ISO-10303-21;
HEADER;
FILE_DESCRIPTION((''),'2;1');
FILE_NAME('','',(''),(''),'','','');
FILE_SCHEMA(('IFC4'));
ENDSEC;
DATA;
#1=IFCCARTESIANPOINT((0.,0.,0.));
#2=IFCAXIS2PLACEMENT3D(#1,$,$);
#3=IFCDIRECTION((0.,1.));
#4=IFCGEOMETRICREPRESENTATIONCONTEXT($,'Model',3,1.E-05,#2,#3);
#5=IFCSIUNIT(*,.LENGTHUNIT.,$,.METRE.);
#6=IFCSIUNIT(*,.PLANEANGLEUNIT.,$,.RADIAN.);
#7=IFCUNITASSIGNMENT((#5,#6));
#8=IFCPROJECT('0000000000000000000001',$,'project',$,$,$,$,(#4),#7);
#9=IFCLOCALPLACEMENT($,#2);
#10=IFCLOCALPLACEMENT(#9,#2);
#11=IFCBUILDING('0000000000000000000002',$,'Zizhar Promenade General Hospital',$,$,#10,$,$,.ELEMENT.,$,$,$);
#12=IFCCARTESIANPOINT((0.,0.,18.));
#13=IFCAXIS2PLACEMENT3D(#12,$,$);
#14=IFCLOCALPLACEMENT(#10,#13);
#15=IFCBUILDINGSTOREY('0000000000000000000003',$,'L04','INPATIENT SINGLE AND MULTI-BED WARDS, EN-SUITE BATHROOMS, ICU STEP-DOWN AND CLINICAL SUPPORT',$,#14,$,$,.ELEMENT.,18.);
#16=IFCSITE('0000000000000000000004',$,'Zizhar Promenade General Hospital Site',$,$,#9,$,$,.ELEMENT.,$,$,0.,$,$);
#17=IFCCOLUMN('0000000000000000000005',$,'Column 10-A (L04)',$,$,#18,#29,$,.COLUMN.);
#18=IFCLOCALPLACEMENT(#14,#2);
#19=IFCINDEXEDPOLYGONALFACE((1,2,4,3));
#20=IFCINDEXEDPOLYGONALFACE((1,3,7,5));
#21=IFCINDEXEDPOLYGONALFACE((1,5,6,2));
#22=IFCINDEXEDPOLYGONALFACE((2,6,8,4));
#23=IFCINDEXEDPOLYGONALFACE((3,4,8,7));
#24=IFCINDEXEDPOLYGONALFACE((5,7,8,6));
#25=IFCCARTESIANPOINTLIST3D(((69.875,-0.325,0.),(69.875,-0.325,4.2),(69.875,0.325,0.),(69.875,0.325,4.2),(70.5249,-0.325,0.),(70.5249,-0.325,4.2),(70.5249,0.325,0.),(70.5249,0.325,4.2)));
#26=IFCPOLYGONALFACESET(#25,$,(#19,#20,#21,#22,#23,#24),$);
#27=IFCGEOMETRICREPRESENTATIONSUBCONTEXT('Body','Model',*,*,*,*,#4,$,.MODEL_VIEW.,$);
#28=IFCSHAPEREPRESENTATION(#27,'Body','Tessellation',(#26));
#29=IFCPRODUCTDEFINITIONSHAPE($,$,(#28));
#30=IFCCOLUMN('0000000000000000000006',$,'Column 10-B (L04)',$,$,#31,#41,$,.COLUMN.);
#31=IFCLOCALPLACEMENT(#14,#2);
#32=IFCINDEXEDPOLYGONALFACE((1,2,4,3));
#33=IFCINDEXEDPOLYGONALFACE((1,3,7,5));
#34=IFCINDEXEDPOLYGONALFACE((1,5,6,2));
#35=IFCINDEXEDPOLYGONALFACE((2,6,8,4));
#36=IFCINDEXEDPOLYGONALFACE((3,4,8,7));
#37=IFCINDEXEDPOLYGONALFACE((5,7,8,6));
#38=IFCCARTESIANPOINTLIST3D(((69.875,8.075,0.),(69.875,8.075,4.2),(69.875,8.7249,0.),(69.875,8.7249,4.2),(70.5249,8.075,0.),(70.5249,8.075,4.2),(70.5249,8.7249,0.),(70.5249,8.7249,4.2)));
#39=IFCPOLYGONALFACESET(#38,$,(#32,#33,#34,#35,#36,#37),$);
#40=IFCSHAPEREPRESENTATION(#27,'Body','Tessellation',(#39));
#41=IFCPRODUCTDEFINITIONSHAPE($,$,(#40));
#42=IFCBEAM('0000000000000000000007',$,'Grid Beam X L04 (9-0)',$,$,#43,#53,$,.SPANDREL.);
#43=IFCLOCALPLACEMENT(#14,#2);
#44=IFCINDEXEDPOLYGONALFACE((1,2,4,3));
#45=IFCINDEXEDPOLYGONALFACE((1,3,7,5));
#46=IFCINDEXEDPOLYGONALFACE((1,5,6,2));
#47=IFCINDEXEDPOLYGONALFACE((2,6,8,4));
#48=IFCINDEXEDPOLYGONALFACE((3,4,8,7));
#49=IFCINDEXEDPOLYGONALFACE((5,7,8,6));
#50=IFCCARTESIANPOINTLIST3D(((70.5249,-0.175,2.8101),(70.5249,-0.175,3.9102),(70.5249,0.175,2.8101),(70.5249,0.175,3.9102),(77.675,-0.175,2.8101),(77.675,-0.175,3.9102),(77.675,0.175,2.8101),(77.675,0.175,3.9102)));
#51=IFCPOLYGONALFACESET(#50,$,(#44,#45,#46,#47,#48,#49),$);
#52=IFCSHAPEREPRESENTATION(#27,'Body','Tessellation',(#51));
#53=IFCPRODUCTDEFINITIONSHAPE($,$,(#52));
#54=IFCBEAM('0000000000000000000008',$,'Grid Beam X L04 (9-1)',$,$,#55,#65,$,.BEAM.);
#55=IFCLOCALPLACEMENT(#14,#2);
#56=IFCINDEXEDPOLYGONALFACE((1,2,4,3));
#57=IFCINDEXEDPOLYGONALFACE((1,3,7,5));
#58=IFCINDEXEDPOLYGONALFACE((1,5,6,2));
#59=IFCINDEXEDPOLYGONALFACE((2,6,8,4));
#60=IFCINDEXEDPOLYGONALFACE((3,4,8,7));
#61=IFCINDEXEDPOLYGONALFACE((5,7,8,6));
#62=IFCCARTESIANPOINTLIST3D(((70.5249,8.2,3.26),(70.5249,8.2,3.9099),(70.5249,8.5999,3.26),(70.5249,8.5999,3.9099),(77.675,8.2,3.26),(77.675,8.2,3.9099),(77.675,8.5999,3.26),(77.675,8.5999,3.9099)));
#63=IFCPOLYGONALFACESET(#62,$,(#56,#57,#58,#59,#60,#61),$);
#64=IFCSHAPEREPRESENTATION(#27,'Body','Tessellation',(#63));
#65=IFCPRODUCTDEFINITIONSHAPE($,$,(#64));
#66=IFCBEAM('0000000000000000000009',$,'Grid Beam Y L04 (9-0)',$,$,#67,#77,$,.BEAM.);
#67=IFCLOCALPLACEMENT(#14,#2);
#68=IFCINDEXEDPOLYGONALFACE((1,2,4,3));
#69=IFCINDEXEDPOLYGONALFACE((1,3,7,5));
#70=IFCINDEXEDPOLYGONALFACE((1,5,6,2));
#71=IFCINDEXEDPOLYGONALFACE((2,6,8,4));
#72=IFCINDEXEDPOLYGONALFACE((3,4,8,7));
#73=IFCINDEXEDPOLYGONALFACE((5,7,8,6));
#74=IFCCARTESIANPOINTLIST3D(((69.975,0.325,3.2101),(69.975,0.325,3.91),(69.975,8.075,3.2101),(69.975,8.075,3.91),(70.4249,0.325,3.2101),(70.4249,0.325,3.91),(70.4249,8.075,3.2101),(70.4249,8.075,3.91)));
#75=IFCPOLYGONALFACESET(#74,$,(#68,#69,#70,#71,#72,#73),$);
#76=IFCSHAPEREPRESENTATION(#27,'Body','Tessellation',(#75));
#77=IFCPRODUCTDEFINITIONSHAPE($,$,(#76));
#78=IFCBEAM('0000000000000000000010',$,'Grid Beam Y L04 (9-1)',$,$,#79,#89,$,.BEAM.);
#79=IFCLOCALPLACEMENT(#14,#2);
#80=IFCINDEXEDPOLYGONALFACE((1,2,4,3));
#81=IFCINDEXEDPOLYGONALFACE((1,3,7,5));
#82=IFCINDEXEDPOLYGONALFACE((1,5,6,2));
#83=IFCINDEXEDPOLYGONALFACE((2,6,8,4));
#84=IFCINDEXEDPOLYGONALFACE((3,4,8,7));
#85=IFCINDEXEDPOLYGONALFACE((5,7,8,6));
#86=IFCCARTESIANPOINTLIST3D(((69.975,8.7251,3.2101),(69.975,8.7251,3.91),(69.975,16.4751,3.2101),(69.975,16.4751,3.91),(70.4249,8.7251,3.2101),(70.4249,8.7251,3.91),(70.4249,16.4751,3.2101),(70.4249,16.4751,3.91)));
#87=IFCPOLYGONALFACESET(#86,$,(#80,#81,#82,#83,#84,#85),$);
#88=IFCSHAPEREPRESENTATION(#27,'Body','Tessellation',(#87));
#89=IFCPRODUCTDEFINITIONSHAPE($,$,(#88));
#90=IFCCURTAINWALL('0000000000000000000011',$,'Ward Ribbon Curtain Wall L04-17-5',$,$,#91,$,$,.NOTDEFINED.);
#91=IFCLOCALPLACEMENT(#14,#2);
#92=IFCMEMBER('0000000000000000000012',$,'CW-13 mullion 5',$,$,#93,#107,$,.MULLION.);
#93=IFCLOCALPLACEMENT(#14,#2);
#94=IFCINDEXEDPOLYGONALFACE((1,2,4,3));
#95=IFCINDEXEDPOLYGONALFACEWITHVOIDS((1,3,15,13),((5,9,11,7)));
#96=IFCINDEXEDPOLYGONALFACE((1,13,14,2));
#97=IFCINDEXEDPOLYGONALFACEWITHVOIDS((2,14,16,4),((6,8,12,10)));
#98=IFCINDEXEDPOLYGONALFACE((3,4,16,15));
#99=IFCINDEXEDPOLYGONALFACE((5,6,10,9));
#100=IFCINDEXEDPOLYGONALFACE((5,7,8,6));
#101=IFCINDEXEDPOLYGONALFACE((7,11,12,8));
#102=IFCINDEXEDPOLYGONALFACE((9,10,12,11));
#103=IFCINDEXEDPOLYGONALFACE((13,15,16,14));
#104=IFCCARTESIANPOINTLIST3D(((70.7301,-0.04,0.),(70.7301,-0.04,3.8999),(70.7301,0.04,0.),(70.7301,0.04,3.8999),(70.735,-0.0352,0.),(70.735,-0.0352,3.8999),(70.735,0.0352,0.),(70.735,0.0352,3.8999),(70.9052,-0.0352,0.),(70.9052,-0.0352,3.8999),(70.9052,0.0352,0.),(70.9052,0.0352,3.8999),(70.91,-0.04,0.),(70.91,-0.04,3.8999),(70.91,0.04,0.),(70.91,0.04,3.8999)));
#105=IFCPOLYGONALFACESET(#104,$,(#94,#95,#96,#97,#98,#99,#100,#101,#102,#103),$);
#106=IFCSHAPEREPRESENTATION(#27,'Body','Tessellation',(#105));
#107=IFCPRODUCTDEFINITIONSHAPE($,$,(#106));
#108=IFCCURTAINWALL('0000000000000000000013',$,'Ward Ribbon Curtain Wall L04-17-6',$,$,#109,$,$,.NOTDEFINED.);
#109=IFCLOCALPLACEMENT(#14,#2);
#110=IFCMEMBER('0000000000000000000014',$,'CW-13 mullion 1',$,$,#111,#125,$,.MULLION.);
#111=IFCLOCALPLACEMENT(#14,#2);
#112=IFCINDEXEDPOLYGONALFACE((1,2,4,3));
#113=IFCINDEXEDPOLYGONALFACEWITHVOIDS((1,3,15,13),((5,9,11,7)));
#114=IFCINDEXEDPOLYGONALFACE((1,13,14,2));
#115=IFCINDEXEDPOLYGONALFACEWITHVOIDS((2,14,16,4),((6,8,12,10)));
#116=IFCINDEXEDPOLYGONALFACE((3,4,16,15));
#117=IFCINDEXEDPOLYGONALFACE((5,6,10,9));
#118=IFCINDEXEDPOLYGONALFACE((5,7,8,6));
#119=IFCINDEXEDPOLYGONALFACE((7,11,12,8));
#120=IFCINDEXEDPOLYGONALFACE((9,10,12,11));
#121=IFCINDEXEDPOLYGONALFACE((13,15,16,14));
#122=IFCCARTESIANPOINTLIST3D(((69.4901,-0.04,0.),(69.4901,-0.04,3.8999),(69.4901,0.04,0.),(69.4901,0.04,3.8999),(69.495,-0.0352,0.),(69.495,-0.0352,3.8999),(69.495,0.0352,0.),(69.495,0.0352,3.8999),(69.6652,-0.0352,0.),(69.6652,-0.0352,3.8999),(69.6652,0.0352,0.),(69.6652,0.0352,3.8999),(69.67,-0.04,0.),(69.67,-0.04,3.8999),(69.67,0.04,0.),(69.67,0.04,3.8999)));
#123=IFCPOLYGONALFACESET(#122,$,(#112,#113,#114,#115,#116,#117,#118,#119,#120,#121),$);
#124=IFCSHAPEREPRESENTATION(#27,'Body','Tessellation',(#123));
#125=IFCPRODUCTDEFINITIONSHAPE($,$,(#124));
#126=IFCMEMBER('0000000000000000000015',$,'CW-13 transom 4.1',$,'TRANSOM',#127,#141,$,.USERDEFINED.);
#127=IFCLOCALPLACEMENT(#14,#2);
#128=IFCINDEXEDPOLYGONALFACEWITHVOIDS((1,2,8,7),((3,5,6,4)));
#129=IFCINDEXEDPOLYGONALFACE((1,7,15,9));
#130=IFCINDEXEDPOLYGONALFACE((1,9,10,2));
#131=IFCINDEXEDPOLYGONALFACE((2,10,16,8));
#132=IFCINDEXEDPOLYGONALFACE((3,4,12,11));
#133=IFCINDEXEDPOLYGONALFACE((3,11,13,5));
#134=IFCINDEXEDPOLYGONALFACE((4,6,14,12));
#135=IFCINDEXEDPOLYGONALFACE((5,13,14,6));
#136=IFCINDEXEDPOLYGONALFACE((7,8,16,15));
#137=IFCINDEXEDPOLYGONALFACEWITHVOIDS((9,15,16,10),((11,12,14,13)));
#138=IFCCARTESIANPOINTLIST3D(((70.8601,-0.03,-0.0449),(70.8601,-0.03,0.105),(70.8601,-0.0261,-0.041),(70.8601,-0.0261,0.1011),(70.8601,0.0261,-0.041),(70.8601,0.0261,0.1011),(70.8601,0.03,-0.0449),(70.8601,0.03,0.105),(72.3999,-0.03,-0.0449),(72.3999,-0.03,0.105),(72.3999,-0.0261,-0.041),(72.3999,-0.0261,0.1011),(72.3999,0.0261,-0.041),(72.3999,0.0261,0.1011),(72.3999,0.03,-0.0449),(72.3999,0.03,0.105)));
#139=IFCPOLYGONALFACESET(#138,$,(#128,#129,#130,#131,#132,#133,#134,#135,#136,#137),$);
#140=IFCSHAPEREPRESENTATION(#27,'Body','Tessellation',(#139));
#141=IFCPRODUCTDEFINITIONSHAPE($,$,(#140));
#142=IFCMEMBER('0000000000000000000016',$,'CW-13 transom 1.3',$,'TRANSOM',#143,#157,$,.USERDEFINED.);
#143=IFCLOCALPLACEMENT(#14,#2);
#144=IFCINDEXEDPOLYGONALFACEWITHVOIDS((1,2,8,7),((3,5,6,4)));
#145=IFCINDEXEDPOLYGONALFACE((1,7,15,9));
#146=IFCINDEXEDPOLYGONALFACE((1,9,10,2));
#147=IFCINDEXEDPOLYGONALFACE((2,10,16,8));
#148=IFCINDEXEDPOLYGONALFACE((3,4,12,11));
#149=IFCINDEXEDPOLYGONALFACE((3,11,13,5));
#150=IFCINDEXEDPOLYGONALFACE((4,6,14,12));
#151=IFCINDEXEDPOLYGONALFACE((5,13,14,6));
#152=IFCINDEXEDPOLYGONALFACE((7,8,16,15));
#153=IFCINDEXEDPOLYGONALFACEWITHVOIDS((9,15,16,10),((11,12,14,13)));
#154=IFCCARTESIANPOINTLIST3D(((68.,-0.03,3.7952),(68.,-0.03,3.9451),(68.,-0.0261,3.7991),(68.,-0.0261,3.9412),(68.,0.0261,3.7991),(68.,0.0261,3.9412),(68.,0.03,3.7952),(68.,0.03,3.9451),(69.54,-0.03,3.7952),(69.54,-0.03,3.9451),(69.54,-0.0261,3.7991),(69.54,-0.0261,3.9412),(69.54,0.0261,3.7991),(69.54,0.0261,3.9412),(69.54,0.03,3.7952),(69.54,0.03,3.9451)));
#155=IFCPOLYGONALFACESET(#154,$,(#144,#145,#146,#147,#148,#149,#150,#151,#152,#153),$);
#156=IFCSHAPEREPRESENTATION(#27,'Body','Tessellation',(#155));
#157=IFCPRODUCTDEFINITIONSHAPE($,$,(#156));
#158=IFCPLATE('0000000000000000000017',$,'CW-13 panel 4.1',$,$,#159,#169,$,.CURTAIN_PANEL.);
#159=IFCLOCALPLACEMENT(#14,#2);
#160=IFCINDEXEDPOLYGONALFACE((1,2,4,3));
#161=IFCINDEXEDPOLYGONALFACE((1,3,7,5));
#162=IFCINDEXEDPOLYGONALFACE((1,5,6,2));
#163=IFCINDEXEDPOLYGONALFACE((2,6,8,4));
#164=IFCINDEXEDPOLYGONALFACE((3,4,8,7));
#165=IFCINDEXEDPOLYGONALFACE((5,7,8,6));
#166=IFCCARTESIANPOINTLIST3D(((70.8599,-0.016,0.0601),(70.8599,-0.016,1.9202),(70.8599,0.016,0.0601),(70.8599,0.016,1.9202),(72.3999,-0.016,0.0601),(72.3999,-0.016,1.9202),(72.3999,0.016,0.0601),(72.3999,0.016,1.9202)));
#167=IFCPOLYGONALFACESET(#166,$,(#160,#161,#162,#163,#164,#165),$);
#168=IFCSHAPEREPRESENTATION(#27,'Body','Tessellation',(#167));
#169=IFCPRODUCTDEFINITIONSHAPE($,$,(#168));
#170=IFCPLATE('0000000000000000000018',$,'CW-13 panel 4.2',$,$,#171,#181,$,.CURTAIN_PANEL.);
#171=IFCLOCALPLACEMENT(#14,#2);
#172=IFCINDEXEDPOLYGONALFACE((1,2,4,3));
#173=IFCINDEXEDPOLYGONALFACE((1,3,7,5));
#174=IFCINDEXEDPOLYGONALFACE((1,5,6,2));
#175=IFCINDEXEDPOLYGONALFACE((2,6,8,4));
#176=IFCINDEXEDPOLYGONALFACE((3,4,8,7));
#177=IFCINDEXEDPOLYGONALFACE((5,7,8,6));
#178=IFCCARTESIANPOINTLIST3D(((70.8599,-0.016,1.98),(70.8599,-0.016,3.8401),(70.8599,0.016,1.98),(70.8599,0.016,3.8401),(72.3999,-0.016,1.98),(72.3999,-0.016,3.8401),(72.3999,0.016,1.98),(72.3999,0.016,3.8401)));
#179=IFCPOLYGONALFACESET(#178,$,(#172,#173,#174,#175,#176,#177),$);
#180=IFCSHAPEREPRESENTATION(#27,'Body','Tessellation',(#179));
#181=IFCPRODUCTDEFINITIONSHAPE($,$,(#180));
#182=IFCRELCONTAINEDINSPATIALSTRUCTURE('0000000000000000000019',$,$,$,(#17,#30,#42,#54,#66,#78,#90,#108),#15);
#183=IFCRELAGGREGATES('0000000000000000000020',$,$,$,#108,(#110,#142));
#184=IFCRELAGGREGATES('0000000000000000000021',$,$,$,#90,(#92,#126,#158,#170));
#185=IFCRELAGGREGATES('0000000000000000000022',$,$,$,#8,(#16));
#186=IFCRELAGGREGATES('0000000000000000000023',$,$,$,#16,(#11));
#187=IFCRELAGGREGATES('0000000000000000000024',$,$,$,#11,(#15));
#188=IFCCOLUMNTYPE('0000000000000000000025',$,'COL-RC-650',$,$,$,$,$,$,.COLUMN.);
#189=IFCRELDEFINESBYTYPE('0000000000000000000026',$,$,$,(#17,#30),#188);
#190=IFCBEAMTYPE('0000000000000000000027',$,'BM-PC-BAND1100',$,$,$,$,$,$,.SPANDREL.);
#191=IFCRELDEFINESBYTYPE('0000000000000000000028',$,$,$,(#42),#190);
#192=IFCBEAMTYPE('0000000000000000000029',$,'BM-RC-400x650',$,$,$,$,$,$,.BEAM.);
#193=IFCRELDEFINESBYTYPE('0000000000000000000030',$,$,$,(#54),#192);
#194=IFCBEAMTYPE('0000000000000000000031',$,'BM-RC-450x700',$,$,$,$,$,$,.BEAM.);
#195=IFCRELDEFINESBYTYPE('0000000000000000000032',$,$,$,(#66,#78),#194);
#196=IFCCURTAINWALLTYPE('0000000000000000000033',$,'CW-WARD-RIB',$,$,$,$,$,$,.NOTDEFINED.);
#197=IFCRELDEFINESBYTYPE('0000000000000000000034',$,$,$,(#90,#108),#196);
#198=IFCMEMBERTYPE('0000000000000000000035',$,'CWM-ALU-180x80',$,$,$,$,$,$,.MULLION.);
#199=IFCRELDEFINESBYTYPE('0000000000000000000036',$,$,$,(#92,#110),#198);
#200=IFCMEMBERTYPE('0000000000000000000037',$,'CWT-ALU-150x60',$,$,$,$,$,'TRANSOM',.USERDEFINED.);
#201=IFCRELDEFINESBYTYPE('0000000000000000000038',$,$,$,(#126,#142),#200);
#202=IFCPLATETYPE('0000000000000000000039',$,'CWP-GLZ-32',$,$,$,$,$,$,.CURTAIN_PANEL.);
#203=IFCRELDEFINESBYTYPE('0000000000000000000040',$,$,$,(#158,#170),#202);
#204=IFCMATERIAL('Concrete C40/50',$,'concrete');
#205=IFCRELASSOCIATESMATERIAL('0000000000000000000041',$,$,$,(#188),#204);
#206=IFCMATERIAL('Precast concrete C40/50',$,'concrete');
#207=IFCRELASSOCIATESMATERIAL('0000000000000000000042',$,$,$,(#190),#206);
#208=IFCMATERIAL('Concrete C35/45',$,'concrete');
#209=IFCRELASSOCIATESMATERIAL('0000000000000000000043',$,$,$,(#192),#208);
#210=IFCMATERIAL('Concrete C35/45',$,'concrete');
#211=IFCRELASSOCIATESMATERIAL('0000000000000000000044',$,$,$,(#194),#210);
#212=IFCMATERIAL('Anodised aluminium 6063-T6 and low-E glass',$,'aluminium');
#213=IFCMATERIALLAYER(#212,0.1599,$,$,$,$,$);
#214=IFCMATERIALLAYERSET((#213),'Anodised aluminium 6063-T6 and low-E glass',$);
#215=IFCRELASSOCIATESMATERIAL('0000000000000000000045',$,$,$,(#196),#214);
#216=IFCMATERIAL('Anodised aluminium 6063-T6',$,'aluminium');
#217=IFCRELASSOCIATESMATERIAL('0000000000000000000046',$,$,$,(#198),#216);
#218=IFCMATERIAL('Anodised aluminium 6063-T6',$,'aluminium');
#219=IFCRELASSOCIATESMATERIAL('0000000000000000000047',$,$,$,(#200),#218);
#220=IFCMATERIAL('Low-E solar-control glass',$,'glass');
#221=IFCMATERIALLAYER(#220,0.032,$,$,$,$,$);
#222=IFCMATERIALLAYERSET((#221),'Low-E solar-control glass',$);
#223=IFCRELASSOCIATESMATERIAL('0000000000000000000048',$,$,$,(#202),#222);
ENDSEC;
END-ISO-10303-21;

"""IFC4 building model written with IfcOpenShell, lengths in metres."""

from ifc_helpers import new_model, si_unit, direction, frame, origin, origin_2d, place, context, subcontext, project, spatial, rectangle, hollow_rectangle, extrude, material, layer, layer_set, material_profile, profile_set, type_object, element, aggregate, save


model = new_model("IFC4")

# Units and contexts
model_context = context("Model", 3, precision=1e-05, world=origin(), true_north=direction((0.0, 1.0)))
body_context = subcontext(model_context, "Body", "Model", "MODEL_VIEW")
ifc_project = project(units=[si_unit("LENGTHUNIT", "METRE"), si_unit("PLANEANGLEUNIT", "RADIAN")], contexts=[model_context])

# Site, building, storey
site_placement = place(None, origin())
site = spatial("IfcSite", under=ifc_project, at=site_placement, Name="Zizhar Promenade General Hospital Site", CompositionType="ELEMENT", RefElevation=0.0)
building_placement = place(site_placement, origin())
building = spatial("IfcBuilding", under=site, at=building_placement, Name="Zizhar Promenade General Hospital", CompositionType="ELEMENT")
storey_placement = place(building_placement, frame((0.0, 0.0, 18.0)))
storey = spatial("IfcBuildingStorey", under=building, at=storey_placement, Name="L04", Description="INPATIENT SINGLE AND MULTI-BED WARDS, EN-SUITE BATHROOMS, ICU STEP-DOWN AND CLINICAL SUPPORT", CompositionType="ELEMENT", Elevation=18.0)

# Columns
ifc_material_1 = material(Name="Concrete C40/50", Category="concrete")
ifc_material_profile_1 = material_profile(ifc_material_1, rectangle(XDim=0.6499, YDim=0.6499, at=origin_2d()))
ifc_profile_set_1 = profile_set([ifc_material_profile_1], Name="Concrete C40/50")
column_type = type_object("IfcColumnType", Name="COL-RC-650", PredefinedType="COLUMN", material=ifc_profile_set_1)
for number, where, z_axis, x_axis, name in (
    (1, (70.2, 0.0, 0.0), (0.0, 0.0, 1.0), (1.0, 0.0, 0.0), "Column 10-A (L04)"),
    (2, (70.2, 8.3999, 0.0), (0.0, 0.0, 1.0), (1.0, 0.0, 0.0), "Column 10-B (L04)"),
):
    element("IfcColumn", number, at=place(storey_placement, frame(where, z_axis=z_axis, x_axis=x_axis)), inside=storey, type_object=column_type, Name=name, PredefinedType="COLUMN", context=body_context, shape_type="SweptSolid", body=[
        extrude(rectangle(XDim=0.6499, YDim=0.6499, at=origin_2d()), origin(), (0.0, 0.0, 1.0), 4.2),
    ])

# Beams
ifc_material_2 = material(Name="Precast concrete C40/50", Category="concrete")
ifc_material_profile_2 = material_profile(ifc_material_2, rectangle(XDim=0.3501, YDim=1.1001, at=origin_2d()))
ifc_profile_set_2 = profile_set([ifc_material_profile_2], Name="Precast concrete C40/50")
beam_type_1 = type_object("IfcBeamType", Name="BM-PC-BAND1100", PredefinedType="SPANDREL", material=ifc_profile_set_2)
beam_1_placement = place(storey_placement, frame((70.5249, 0.0, 3.3601), z_axis=(1.0, 0.0, 0.0), x_axis=(0.0, 1.0, 0.0)))
element("IfcBeam", 3, at=beam_1_placement, inside=storey, type_object=beam_type_1, Name="Grid Beam X L04 (9-0)", PredefinedType="SPANDREL", context=body_context, shape_type="SweptSolid", body=[
    extrude(rectangle(XDim=0.3501, YDim=1.1001, at=origin_2d()), origin(), (0.0, 0.0, 1.0), 7.1501),
])
ifc_material_3 = material(Name="Concrete C35/45", Category="concrete")
ifc_material_profile_3 = material_profile(ifc_material_3, rectangle(XDim=0.3999, YDim=0.6499, at=origin_2d()))
ifc_profile_set_3 = profile_set([ifc_material_profile_3], Name="Concrete C35/45")
beam_type_2 = type_object("IfcBeamType", Name="BM-RC-400x650", PredefinedType="BEAM", material=ifc_profile_set_3)
beam_2_placement = place(storey_placement, frame((70.5249, 8.3999, 3.585), z_axis=(1.0, 0.0, 0.0), x_axis=(0.0, 1.0, 0.0)))
element("IfcBeam", 4, at=beam_2_placement, inside=storey, type_object=beam_type_2, Name="Grid Beam X L04 (9-1)", PredefinedType="BEAM", context=body_context, shape_type="SweptSolid", body=[
    extrude(rectangle(XDim=0.3999, YDim=0.6499, at=origin_2d()), origin(), (0.0, 0.0, 1.0), 7.1501),
])
ifc_material_4 = material(Name="Concrete C35/45", Category="concrete")
ifc_material_profile_4 = material_profile(ifc_material_4, rectangle(XDim=0.45, YDim=0.7, at=origin_2d()))
ifc_profile_set_4 = profile_set([ifc_material_profile_4], Name="Concrete C35/45")
beam_type_3 = type_object("IfcBeamType", Name="BM-RC-450x700", PredefinedType="BEAM", material=ifc_profile_set_4)
for number, where, z_axis, x_axis, name in (
    (5, (70.2, 0.325, 3.5601), (0.0, 1.0, 0.0), (-1.0, 0.0, 0.0), "Grid Beam Y L04 (9-0)"),
    (6, (70.2, 8.7251, 3.5601), (0.0, 1.0, 0.0), (-1.0, 0.0, 0.0), "Grid Beam Y L04 (9-1)"),
):
    element("IfcBeam", number, at=place(storey_placement, frame(where, z_axis=z_axis, x_axis=x_axis)), inside=storey, type_object=beam_type_3, Name=name, PredefinedType="BEAM", context=body_context, shape_type="SweptSolid", body=[
        extrude(rectangle(XDim=0.45, YDim=0.7, at=origin_2d()), origin(), (0.0, 0.0, 1.0), 7.75),
    ])

# Curtain walls, members
ifc_material_5 = material(Name="Anodised aluminium 6063-T6 and low-E glass", Category="aluminium")
ifc_layer_1 = layer(ifc_material_5, 0.1599)
ifc_layer_set_1 = layer_set([ifc_layer_1], Name="Anodised aluminium 6063-T6 and low-E glass")
curtain_wall_type = type_object("IfcCurtainWallType", Name="CW-WARD-RIB", PredefinedType="NOTDEFINED", material=ifc_layer_set_1)
curtain_wall_1_placement = place(storey_placement, origin())
curtain_wall_1 = element("IfcCurtainWall", 7, at=curtain_wall_1_placement, inside=storey, type_object=curtain_wall_type, Name="Ward Ribbon Curtain Wall L04-17-5", PredefinedType="NOTDEFINED")
ifc_material_6 = material(Name="Anodised aluminium 6063-T6", Category="aluminium")
ifc_material_profile_5 = material_profile(ifc_material_6, hollow_rectangle(XDim=0.0801, YDim=0.1799, WallThickness=0.0049, at=origin_2d()))
ifc_profile_set_5 = profile_set([ifc_material_profile_5], Name="Anodised aluminium 6063-T6")
member_type_1 = type_object("IfcMemberType", Name="CWM-ALU-180x80", PredefinedType="MULLION", material=ifc_profile_set_5)
member_1_placement = place(storey_placement, frame((70.8201, 0.0, 0.0), z_axis=(0.0, 0.0, 1.0), x_axis=(0.0, -1.0, 0.0)))
member_1 = element("IfcMember", 8, at=member_1_placement, type_object=member_type_1, Name="CW-13 mullion 5", PredefinedType="MULLION", context=body_context, shape_type="SweptSolid", body=[
    extrude(hollow_rectangle(XDim=0.0801, YDim=0.1799, WallThickness=0.0049, at=origin_2d()), origin(), (0.0, 0.0, 1.0), 3.8999),
])
curtain_wall_2_placement = place(storey_placement, origin())
curtain_wall_2 = element("IfcCurtainWall", 9, at=curtain_wall_2_placement, inside=storey, type_object=curtain_wall_type, Name="Ward Ribbon Curtain Wall L04-17-6", PredefinedType="NOTDEFINED")
member_2_placement = place(storey_placement, frame((69.5801, 0.0, 0.0), z_axis=(0.0, 0.0, 1.0), x_axis=(0.0, -1.0, 0.0)))
member_2 = element("IfcMember", 10, at=member_2_placement, type_object=member_type_1, Name="CW-13 mullion 1", PredefinedType="MULLION", context=body_context, shape_type="SweptSolid", body=[
    extrude(hollow_rectangle(XDim=0.0801, YDim=0.1799, WallThickness=0.0049, at=origin_2d()), origin(), (0.0, 0.0, 1.0), 3.8999),
])

# Members
ifc_material_7 = material(Name="Anodised aluminium 6063-T6", Category="aluminium")
ifc_material_profile_6 = material_profile(ifc_material_7, hollow_rectangle(XDim=0.0601, YDim=0.1499, WallThickness=0.0039, at=origin_2d()))
ifc_profile_set_6 = profile_set([ifc_material_profile_6], Name="Anodised aluminium 6063-T6")
member_type_2 = type_object("IfcMemberType", Name="CWT-ALU-150x60", ElementType="TRANSOM", PredefinedType="USERDEFINED", material=ifc_profile_set_6)
member_3_placement = place(storey_placement, frame((72.3999, 0.0, 0.03), z_axis=(-1.0, 0.0, 0.0), x_axis=(0.0, -1.0, 0.0)))
member_3 = element("IfcMember", 11, at=member_3_placement, type_object=member_type_2, Name="CW-13 transom 4.1", ObjectType="TRANSOM", PredefinedType="USERDEFINED", context=body_context, shape_type="SweptSolid", body=[
    extrude(hollow_rectangle(XDim=0.0601, YDim=0.1499, WallThickness=0.0039, at=origin_2d()), origin(), (0.0, 0.0, 1.0), 1.5398),
])
member_4_placement = place(storey_placement, frame((69.54, 0.0, 3.8701), z_axis=(-1.0, 0.0, 0.0), x_axis=(0.0, -1.0, 0.0)))
member_4 = element("IfcMember", 12, at=member_4_placement, type_object=member_type_2, Name="CW-13 transom 1.3", ObjectType="TRANSOM", PredefinedType="USERDEFINED", context=body_context, shape_type="SweptSolid", body=[
    extrude(hollow_rectangle(XDim=0.0601, YDim=0.1499, WallThickness=0.0039, at=origin_2d()), origin(), (0.0, 0.0, 1.0), 1.54),
])
aggregate(curtain_wall_2, [member_2, member_4])

# Plates
ifc_material_8 = material(Name="Low-E solar-control glass", Category="glass")
ifc_layer_2 = layer(ifc_material_8, 0.032)
ifc_layer_set_2 = layer_set([ifc_layer_2], Name="Low-E solar-control glass")
plate_type = type_object("IfcPlateType", Name="CWP-GLZ-32", PredefinedType="CURTAIN_PANEL", material=ifc_layer_set_2)
plate_1_placement = place(storey_placement, frame((71.6299, 0.0, 0.0601), z_axis=(0.0, 0.0, 1.0), x_axis=(-1.0, 0.0, 0.0)))
plate_1 = element("IfcPlate", 13, at=plate_1_placement, type_object=plate_type, Name="CW-13 panel 4.1", PredefinedType="CURTAIN_PANEL", context=body_context, shape_type="SweptSolid", body=[
    extrude(rectangle(XDim=1.54, YDim=0.032, at=origin_2d()), origin(), (0.0, 0.0, 1.0), 1.8601),
])
plate_2_placement = place(storey_placement, frame((71.6299, 0.0, 1.98), z_axis=(0.0, 0.0, 1.0), x_axis=(-1.0, 0.0, 0.0)))
plate_2 = element("IfcPlate", 14, at=plate_2_placement, type_object=plate_type, Name="CW-13 panel 4.2", PredefinedType="CURTAIN_PANEL", context=body_context, shape_type="SweptSolid", body=[
    extrude(rectangle(XDim=1.54, YDim=0.032, at=origin_2d()), origin(), (0.0, 0.0, 1.0), 1.8601),
])
aggregate(curtain_wall_1, [member_1, member_3, plate_1, plate_2])

save(model, "model.ifc")
